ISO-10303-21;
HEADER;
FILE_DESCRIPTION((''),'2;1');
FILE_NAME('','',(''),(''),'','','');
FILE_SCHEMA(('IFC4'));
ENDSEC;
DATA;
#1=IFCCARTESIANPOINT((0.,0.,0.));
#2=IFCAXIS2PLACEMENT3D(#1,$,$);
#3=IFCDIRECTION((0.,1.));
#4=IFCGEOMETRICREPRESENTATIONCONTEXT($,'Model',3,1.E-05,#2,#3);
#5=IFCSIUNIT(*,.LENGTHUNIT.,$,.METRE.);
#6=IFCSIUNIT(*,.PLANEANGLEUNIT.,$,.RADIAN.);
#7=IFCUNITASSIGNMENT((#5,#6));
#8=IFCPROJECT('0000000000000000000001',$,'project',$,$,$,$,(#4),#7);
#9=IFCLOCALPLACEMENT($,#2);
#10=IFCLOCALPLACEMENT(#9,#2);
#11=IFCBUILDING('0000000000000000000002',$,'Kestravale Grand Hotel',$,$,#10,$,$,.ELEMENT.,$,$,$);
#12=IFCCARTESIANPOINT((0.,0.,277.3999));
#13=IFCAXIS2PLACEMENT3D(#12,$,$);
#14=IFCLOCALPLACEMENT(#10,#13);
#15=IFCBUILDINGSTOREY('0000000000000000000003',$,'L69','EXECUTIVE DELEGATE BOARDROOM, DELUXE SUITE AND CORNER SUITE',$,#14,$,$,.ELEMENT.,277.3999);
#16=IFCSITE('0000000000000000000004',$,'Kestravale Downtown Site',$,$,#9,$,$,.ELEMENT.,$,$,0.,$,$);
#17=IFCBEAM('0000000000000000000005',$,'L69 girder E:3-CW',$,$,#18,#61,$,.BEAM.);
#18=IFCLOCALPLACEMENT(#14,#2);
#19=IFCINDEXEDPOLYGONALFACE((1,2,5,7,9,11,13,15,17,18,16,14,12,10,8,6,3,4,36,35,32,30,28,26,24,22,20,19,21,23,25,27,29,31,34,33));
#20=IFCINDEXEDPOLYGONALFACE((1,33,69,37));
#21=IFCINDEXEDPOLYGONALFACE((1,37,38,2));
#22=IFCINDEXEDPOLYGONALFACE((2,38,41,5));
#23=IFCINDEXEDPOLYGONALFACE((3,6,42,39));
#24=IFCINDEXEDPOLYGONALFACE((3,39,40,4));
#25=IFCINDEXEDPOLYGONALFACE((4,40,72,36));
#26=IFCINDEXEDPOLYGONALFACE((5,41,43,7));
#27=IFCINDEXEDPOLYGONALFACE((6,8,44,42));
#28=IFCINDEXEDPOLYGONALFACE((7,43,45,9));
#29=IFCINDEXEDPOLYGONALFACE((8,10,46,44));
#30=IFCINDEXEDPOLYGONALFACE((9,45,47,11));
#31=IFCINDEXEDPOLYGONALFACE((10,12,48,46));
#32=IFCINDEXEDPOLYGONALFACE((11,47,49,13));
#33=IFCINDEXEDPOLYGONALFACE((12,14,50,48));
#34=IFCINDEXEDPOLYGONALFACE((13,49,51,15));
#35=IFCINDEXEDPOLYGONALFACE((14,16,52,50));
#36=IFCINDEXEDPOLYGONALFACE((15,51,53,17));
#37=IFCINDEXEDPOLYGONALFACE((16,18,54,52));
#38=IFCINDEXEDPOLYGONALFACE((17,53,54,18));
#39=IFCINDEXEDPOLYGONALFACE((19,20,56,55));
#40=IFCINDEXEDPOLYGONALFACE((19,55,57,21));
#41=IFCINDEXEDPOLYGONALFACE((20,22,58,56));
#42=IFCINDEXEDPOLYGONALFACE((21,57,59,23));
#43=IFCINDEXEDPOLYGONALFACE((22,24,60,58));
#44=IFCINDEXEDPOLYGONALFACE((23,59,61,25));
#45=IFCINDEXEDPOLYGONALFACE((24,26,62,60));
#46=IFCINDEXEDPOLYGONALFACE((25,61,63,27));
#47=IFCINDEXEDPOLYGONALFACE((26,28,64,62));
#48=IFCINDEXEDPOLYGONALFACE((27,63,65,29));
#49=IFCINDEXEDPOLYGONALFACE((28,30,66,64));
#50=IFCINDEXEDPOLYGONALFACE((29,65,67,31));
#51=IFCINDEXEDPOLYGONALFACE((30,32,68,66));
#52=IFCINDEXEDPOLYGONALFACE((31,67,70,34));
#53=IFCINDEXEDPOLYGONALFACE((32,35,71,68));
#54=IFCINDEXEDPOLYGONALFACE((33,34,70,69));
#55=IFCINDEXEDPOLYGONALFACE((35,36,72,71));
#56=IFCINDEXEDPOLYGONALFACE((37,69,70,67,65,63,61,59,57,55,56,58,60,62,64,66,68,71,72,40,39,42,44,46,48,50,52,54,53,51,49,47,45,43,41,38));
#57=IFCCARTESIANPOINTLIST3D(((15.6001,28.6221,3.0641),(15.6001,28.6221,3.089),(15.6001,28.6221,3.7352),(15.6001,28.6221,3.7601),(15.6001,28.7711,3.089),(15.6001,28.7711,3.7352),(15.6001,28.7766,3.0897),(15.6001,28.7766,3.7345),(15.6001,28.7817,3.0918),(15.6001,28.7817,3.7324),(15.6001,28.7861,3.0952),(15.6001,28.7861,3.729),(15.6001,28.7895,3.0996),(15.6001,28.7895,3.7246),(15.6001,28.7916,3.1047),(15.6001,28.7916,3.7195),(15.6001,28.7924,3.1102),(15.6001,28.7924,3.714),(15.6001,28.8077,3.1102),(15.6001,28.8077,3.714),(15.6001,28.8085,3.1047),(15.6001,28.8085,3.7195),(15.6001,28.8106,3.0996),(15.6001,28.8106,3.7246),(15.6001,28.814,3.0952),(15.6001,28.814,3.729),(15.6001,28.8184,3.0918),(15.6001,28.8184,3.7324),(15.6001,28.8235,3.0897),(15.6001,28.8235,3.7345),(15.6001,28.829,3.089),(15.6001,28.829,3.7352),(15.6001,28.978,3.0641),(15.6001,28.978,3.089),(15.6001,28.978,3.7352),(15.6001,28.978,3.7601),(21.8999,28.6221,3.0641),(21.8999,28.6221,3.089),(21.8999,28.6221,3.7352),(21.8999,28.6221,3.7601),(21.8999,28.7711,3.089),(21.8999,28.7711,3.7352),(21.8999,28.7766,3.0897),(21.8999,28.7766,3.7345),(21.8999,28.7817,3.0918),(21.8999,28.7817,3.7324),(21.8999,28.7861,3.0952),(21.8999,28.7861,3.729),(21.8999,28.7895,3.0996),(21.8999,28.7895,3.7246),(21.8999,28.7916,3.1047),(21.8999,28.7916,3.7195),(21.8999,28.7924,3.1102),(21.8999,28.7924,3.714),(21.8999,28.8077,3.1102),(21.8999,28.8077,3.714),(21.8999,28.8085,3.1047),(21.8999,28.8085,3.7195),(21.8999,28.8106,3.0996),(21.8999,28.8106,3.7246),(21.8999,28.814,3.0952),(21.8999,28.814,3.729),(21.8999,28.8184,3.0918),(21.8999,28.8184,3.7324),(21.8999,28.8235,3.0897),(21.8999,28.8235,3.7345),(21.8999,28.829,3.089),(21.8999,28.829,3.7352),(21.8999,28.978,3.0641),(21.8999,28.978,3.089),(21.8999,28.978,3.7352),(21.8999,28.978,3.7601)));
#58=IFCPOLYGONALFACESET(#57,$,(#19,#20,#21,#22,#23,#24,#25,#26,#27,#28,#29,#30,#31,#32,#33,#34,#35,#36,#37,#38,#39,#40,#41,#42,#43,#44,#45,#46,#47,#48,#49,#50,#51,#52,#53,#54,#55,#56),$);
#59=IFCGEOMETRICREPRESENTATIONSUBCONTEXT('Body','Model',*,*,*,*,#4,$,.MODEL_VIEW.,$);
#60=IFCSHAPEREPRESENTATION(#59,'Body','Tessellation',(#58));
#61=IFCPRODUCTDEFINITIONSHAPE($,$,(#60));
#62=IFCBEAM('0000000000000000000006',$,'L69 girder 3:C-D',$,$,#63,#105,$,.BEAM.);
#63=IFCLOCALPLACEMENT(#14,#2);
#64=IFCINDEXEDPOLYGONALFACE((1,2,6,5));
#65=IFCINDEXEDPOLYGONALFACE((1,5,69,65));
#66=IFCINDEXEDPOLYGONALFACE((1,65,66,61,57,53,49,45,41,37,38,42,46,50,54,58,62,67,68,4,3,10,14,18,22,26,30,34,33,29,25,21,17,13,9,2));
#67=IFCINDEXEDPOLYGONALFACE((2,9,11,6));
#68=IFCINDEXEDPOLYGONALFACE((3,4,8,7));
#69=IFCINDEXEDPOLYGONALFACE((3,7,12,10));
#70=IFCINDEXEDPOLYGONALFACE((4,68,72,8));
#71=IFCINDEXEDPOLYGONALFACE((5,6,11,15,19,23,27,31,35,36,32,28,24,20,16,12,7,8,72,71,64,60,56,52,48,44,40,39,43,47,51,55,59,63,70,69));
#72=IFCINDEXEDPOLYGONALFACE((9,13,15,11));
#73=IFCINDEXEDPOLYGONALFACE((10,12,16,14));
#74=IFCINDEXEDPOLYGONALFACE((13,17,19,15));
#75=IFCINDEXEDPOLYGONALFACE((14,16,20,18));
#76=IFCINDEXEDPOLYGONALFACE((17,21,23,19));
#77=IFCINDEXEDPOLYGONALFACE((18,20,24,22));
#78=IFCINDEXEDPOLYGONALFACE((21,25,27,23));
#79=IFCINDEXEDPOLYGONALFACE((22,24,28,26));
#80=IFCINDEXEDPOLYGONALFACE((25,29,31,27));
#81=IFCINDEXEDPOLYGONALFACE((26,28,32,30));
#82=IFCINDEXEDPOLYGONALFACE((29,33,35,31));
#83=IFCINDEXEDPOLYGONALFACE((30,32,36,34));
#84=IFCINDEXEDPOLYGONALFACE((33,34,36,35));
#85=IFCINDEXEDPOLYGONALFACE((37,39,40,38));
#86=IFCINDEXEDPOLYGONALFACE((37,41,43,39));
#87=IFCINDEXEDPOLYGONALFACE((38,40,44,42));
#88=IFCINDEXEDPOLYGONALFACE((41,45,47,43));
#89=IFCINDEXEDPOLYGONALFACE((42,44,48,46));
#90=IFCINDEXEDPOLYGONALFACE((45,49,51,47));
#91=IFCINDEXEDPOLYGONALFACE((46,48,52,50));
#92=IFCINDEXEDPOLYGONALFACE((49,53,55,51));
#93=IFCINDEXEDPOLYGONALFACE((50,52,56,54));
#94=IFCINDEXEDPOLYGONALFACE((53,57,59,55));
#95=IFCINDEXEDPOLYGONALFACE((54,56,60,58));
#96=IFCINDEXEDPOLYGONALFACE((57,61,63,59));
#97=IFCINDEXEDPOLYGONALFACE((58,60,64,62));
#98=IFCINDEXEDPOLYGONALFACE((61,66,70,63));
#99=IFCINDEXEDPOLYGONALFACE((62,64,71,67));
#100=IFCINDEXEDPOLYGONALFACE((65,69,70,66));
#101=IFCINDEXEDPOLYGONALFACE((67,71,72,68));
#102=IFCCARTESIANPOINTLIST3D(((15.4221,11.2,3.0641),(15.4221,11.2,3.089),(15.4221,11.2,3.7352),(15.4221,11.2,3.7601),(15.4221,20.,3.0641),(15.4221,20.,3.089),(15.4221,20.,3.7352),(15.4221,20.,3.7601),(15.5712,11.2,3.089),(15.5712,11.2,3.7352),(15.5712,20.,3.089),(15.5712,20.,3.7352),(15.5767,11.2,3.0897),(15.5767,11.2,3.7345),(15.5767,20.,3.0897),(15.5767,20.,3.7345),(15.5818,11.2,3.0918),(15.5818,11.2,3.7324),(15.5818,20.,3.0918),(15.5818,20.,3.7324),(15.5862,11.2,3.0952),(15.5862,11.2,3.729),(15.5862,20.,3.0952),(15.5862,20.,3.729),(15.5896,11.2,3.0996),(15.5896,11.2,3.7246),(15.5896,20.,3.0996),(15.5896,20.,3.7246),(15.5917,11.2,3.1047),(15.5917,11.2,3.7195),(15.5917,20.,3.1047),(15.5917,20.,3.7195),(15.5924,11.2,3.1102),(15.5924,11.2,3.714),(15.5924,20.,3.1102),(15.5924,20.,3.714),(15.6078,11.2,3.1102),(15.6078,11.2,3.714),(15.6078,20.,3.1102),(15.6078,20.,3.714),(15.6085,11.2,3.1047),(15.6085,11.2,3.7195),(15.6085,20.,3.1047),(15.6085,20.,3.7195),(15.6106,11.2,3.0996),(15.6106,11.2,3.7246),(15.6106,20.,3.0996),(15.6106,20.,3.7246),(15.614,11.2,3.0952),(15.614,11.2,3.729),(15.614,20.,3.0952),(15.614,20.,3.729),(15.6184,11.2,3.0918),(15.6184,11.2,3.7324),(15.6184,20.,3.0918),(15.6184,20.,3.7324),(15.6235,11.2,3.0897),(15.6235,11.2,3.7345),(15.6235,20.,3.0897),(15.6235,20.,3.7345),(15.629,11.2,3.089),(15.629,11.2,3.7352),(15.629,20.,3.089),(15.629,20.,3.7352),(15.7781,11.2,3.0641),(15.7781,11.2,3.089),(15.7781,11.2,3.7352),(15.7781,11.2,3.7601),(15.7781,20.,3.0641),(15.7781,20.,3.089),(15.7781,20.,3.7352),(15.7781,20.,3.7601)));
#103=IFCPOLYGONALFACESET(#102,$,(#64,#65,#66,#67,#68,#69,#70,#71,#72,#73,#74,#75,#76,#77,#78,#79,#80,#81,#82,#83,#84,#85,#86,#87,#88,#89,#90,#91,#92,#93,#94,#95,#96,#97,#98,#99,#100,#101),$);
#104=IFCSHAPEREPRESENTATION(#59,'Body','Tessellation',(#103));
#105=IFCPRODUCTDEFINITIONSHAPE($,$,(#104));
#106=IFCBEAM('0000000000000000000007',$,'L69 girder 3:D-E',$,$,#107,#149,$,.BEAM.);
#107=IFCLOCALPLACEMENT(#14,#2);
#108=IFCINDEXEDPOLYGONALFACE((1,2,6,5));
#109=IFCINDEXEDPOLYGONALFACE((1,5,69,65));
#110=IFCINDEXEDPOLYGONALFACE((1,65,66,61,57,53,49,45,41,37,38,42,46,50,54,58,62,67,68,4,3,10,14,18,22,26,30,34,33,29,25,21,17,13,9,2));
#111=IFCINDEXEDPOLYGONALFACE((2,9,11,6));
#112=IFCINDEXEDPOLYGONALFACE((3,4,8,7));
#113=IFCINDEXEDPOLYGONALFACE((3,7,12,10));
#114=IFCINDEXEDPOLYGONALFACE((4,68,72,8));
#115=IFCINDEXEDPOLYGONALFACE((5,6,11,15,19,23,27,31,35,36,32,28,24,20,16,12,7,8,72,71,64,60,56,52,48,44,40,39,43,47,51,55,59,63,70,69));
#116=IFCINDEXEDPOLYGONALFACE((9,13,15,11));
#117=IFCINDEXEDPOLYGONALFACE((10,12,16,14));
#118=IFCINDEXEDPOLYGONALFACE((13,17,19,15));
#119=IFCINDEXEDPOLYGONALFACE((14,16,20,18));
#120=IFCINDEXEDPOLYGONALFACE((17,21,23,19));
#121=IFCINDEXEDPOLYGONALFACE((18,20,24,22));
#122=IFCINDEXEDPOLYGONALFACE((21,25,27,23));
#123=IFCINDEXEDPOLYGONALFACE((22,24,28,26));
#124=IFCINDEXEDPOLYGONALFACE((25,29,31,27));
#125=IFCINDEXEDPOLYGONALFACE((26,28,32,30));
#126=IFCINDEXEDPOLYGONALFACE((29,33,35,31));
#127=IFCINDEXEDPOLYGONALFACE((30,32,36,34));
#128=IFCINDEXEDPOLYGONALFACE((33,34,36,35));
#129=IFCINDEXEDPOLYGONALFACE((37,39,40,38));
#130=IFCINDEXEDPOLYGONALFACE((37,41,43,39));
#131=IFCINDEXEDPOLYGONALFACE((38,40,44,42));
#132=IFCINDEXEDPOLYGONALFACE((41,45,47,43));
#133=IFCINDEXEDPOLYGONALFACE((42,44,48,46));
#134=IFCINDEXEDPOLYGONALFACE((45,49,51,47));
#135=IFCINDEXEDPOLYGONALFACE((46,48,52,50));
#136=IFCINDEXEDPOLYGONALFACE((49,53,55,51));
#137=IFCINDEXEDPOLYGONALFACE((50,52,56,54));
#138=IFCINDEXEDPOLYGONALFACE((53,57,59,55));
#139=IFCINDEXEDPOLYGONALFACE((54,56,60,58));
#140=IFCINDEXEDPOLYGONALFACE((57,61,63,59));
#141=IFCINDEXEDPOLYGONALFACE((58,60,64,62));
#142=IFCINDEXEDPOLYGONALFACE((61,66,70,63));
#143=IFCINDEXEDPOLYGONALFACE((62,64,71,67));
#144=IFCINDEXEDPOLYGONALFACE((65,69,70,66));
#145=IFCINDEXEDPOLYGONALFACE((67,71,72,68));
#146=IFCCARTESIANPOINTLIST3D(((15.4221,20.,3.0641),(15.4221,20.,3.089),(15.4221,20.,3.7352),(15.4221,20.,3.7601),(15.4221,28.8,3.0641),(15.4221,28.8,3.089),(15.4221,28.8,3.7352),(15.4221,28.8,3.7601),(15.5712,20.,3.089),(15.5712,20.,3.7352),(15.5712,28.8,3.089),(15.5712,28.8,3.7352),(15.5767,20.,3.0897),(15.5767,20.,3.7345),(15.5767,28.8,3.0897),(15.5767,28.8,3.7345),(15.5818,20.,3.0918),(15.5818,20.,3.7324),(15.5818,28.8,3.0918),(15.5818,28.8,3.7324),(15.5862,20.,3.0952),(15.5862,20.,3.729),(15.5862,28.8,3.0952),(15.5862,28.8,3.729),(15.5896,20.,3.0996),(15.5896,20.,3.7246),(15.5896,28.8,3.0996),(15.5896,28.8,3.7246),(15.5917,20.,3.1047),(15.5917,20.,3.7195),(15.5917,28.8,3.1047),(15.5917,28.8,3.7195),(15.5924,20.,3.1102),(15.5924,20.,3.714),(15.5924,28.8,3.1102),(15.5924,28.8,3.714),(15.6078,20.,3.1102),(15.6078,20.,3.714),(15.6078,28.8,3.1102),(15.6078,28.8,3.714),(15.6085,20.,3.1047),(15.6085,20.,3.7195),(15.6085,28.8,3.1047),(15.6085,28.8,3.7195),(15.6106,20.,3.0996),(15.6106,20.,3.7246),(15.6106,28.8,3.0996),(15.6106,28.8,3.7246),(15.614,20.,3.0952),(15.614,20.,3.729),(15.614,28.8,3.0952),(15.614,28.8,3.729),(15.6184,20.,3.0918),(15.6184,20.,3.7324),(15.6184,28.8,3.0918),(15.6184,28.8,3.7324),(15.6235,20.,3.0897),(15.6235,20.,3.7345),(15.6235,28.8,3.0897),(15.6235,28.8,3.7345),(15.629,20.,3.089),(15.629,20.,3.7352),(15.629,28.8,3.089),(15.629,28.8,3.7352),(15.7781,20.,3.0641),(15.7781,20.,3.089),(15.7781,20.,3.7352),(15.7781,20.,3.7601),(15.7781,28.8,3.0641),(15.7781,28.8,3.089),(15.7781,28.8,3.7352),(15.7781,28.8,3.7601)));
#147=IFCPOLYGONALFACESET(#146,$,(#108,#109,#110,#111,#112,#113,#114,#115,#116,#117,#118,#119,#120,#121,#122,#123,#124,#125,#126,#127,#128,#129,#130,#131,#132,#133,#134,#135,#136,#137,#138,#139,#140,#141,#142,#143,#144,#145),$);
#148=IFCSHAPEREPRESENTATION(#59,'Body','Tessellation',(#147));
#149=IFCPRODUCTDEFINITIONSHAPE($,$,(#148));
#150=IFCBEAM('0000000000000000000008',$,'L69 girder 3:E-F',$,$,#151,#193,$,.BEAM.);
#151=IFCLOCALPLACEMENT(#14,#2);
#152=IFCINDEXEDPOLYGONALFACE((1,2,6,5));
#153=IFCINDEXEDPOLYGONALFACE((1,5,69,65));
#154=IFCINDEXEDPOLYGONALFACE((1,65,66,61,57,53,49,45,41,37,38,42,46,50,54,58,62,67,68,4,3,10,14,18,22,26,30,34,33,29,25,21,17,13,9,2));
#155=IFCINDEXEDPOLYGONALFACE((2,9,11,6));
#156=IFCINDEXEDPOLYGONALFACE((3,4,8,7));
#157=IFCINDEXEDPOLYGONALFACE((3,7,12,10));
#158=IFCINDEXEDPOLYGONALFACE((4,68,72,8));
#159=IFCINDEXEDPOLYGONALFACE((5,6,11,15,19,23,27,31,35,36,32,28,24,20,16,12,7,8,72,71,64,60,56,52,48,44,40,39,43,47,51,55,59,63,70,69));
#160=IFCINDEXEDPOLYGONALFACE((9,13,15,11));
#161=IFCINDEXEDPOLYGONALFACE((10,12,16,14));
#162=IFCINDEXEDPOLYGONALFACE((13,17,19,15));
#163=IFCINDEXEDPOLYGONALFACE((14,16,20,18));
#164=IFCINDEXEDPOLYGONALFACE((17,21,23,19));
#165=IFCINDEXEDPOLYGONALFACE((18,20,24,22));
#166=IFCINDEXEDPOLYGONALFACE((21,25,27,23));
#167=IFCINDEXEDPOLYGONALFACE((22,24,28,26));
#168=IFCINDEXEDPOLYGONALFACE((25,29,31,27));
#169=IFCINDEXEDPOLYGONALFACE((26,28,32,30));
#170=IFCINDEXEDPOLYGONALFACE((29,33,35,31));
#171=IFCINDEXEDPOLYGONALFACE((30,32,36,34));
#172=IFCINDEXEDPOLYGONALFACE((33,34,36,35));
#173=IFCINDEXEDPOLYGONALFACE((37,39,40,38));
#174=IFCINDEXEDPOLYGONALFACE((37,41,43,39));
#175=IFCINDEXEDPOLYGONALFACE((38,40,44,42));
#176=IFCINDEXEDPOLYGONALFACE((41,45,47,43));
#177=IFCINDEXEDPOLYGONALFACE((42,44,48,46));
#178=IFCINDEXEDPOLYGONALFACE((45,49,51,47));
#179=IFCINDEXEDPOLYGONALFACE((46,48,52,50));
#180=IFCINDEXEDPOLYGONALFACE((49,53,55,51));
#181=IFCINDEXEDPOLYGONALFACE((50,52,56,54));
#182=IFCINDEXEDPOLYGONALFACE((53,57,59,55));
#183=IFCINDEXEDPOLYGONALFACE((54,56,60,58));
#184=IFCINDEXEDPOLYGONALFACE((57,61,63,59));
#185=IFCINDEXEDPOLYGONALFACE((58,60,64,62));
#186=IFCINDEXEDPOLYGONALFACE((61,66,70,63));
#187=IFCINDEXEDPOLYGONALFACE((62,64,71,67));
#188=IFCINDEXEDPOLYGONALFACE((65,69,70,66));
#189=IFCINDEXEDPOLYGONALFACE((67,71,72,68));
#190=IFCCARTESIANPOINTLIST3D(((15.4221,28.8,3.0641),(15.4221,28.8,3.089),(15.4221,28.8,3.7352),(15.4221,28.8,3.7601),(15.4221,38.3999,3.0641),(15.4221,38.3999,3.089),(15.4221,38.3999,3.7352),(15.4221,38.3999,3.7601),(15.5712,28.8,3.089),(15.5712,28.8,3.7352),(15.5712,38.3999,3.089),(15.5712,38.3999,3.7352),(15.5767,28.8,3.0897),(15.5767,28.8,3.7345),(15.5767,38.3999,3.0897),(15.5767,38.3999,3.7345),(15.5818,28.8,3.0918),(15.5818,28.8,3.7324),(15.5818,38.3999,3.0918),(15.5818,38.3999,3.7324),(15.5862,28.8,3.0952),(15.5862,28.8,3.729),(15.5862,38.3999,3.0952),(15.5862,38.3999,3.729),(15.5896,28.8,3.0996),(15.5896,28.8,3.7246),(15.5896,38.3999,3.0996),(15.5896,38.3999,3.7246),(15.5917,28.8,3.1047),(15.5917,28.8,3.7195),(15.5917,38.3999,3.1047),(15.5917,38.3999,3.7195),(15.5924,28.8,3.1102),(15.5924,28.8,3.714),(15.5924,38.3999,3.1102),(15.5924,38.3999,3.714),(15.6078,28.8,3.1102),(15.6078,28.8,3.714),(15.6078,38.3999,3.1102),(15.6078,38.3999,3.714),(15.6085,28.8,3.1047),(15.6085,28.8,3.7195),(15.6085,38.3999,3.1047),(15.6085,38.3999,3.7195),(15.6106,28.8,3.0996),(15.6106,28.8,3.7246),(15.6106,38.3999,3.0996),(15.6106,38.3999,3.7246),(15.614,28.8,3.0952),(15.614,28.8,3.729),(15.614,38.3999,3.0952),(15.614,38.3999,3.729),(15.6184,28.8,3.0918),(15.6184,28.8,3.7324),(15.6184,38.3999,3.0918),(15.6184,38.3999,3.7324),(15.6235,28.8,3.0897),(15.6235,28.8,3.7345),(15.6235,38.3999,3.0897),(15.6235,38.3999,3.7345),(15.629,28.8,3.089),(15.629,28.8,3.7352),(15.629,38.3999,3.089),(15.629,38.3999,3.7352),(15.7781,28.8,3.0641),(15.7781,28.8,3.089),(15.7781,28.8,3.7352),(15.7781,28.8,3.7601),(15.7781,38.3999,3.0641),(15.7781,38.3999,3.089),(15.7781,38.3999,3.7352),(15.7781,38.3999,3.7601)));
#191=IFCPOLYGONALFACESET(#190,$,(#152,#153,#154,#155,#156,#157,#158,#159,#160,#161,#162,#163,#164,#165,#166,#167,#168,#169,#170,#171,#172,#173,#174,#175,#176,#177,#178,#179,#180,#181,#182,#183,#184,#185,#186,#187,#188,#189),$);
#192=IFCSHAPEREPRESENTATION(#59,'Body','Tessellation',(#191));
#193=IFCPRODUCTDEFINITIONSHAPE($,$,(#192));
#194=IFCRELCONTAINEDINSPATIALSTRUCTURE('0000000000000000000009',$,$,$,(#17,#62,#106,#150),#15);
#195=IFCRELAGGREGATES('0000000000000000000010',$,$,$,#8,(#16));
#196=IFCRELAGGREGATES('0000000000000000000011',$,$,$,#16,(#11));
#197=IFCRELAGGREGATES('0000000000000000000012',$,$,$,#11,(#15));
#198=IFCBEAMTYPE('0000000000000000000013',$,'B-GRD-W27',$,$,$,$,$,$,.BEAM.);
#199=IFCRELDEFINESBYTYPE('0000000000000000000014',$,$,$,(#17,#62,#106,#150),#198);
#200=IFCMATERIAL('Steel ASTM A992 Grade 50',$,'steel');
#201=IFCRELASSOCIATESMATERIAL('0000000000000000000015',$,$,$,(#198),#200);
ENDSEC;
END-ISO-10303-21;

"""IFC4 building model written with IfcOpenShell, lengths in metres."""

from ifc_helpers import new_model, si_unit, direction, frame, origin, origin_2d, place, context, subcontext, project, spatial, i_section, extrude, material, material_profile, profile_set, type_object, element, save


model = new_model("IFC4")

# Units and contexts
model_context = context("Model", 3, precision=1e-05, world=origin(), true_north=direction((0.0, 1.0)))
body_context = subcontext(model_context, "Body", "Model", "MODEL_VIEW")
ifc_project = project(units=[si_unit("LENGTHUNIT", "METRE"), si_unit("PLANEANGLEUNIT", "RADIAN")], contexts=[model_context])

# Site, building, storey
site_placement = place(None, origin())
site = spatial("IfcSite", under=ifc_project, at=site_placement, Name="Kestravale Downtown Site", CompositionType="ELEMENT", RefElevation=0.0)
building_placement = place(site_placement, origin())
building = spatial("IfcBuilding", under=site, at=building_placement, Name="Kestravale Grand Hotel", CompositionType="ELEMENT")
storey_placement = place(building_placement, frame((0.0, 0.0, 277.3999)))
storey = spatial("IfcBuildingStorey", under=building, at=storey_placement, Name="L69", Description="EXECUTIVE DELEGATE BOARDROOM, DELUXE SUITE AND CORNER SUITE", CompositionType="ELEMENT", Elevation=277.3999)

# Beams
ifc_material_1 = material(Name="Steel ASTM A992 Grade 50", Category="steel")
ifc_material_profile_1 = material_profile(ifc_material_1, i_section(OverallWidth=0.356, OverallDepth=0.696, WebThickness=0.0154, FlangeThickness=0.0249, FilletRadius=0.0212, at=origin_2d()))
ifc_profile_set_1 = profile_set([ifc_material_profile_1], Name="Steel ASTM A992 Grade 50")
beam_type = type_object("IfcBeamType", Name="B-GRD-W27", PredefinedType="BEAM", material=ifc_profile_set_1)
beam_1_placement = place(storey_placement, frame((15.6001, 28.8, 3.4121), z_axis=(1.0, 0.0, 0.0), x_axis=(0.0, 1.0, 0.0)))
element("IfcBeam", 1, at=beam_1_placement, inside=storey, type_object=beam_type, Name="L69 girder E:3-CW", PredefinedType="BEAM", context=body_context, shape_type="SweptSolid", body=[
    extrude(i_section(OverallWidth=0.356, OverallDepth=0.696, WebThickness=0.0154, FlangeThickness=0.0249, FilletRadius=0.0212, at=origin_2d()), origin(), (0.0, 0.0, 1.0), 6.2998),
])
for number, where, z_axis, x_axis, name in (
    (2, (15.6001, 11.2, 3.4121), (0.0, 1.0, 0.0), (-1.0, 0.0, 0.0), "L69 girder 3:C-D"),
    (3, (15.6001, 20.0, 3.4121), (0.0, 1.0, 0.0), (-1.0, 0.0, 0.0), "L69 girder 3:D-E"),
):
    element("IfcBeam", number, at=place(storey_placement, frame(where, z_axis=z_axis, x_axis=x_axis)), inside=storey, type_object=beam_type, Name=name, PredefinedType="BEAM", context=body_context, shape_type="SweptSolid", body=[
        extrude(i_section(OverallWidth=0.356, OverallDepth=0.696, WebThickness=0.0154, FlangeThickness=0.0249, FilletRadius=0.0212, at=origin_2d()), origin(), (0.0, 0.0, 1.0), 8.8),
    ])
beam_2_placement = place(storey_placement, frame((15.6001, 28.8, 3.4121), z_axis=(0.0, 1.0, 0.0), x_axis=(-1.0, 0.0, 0.0)))
element("IfcBeam", 4, at=beam_2_placement, inside=storey, type_object=beam_type, Name="L69 girder 3:E-F", PredefinedType="BEAM", context=body_context, shape_type="SweptSolid", body=[
    extrude(i_section(OverallWidth=0.356, OverallDepth=0.696, WebThickness=0.0154, FlangeThickness=0.0249, FilletRadius=0.0212, at=origin_2d()), origin(), (0.0, 0.0, 1.0), 9.5999),
])

save(model, "model.ifc")
